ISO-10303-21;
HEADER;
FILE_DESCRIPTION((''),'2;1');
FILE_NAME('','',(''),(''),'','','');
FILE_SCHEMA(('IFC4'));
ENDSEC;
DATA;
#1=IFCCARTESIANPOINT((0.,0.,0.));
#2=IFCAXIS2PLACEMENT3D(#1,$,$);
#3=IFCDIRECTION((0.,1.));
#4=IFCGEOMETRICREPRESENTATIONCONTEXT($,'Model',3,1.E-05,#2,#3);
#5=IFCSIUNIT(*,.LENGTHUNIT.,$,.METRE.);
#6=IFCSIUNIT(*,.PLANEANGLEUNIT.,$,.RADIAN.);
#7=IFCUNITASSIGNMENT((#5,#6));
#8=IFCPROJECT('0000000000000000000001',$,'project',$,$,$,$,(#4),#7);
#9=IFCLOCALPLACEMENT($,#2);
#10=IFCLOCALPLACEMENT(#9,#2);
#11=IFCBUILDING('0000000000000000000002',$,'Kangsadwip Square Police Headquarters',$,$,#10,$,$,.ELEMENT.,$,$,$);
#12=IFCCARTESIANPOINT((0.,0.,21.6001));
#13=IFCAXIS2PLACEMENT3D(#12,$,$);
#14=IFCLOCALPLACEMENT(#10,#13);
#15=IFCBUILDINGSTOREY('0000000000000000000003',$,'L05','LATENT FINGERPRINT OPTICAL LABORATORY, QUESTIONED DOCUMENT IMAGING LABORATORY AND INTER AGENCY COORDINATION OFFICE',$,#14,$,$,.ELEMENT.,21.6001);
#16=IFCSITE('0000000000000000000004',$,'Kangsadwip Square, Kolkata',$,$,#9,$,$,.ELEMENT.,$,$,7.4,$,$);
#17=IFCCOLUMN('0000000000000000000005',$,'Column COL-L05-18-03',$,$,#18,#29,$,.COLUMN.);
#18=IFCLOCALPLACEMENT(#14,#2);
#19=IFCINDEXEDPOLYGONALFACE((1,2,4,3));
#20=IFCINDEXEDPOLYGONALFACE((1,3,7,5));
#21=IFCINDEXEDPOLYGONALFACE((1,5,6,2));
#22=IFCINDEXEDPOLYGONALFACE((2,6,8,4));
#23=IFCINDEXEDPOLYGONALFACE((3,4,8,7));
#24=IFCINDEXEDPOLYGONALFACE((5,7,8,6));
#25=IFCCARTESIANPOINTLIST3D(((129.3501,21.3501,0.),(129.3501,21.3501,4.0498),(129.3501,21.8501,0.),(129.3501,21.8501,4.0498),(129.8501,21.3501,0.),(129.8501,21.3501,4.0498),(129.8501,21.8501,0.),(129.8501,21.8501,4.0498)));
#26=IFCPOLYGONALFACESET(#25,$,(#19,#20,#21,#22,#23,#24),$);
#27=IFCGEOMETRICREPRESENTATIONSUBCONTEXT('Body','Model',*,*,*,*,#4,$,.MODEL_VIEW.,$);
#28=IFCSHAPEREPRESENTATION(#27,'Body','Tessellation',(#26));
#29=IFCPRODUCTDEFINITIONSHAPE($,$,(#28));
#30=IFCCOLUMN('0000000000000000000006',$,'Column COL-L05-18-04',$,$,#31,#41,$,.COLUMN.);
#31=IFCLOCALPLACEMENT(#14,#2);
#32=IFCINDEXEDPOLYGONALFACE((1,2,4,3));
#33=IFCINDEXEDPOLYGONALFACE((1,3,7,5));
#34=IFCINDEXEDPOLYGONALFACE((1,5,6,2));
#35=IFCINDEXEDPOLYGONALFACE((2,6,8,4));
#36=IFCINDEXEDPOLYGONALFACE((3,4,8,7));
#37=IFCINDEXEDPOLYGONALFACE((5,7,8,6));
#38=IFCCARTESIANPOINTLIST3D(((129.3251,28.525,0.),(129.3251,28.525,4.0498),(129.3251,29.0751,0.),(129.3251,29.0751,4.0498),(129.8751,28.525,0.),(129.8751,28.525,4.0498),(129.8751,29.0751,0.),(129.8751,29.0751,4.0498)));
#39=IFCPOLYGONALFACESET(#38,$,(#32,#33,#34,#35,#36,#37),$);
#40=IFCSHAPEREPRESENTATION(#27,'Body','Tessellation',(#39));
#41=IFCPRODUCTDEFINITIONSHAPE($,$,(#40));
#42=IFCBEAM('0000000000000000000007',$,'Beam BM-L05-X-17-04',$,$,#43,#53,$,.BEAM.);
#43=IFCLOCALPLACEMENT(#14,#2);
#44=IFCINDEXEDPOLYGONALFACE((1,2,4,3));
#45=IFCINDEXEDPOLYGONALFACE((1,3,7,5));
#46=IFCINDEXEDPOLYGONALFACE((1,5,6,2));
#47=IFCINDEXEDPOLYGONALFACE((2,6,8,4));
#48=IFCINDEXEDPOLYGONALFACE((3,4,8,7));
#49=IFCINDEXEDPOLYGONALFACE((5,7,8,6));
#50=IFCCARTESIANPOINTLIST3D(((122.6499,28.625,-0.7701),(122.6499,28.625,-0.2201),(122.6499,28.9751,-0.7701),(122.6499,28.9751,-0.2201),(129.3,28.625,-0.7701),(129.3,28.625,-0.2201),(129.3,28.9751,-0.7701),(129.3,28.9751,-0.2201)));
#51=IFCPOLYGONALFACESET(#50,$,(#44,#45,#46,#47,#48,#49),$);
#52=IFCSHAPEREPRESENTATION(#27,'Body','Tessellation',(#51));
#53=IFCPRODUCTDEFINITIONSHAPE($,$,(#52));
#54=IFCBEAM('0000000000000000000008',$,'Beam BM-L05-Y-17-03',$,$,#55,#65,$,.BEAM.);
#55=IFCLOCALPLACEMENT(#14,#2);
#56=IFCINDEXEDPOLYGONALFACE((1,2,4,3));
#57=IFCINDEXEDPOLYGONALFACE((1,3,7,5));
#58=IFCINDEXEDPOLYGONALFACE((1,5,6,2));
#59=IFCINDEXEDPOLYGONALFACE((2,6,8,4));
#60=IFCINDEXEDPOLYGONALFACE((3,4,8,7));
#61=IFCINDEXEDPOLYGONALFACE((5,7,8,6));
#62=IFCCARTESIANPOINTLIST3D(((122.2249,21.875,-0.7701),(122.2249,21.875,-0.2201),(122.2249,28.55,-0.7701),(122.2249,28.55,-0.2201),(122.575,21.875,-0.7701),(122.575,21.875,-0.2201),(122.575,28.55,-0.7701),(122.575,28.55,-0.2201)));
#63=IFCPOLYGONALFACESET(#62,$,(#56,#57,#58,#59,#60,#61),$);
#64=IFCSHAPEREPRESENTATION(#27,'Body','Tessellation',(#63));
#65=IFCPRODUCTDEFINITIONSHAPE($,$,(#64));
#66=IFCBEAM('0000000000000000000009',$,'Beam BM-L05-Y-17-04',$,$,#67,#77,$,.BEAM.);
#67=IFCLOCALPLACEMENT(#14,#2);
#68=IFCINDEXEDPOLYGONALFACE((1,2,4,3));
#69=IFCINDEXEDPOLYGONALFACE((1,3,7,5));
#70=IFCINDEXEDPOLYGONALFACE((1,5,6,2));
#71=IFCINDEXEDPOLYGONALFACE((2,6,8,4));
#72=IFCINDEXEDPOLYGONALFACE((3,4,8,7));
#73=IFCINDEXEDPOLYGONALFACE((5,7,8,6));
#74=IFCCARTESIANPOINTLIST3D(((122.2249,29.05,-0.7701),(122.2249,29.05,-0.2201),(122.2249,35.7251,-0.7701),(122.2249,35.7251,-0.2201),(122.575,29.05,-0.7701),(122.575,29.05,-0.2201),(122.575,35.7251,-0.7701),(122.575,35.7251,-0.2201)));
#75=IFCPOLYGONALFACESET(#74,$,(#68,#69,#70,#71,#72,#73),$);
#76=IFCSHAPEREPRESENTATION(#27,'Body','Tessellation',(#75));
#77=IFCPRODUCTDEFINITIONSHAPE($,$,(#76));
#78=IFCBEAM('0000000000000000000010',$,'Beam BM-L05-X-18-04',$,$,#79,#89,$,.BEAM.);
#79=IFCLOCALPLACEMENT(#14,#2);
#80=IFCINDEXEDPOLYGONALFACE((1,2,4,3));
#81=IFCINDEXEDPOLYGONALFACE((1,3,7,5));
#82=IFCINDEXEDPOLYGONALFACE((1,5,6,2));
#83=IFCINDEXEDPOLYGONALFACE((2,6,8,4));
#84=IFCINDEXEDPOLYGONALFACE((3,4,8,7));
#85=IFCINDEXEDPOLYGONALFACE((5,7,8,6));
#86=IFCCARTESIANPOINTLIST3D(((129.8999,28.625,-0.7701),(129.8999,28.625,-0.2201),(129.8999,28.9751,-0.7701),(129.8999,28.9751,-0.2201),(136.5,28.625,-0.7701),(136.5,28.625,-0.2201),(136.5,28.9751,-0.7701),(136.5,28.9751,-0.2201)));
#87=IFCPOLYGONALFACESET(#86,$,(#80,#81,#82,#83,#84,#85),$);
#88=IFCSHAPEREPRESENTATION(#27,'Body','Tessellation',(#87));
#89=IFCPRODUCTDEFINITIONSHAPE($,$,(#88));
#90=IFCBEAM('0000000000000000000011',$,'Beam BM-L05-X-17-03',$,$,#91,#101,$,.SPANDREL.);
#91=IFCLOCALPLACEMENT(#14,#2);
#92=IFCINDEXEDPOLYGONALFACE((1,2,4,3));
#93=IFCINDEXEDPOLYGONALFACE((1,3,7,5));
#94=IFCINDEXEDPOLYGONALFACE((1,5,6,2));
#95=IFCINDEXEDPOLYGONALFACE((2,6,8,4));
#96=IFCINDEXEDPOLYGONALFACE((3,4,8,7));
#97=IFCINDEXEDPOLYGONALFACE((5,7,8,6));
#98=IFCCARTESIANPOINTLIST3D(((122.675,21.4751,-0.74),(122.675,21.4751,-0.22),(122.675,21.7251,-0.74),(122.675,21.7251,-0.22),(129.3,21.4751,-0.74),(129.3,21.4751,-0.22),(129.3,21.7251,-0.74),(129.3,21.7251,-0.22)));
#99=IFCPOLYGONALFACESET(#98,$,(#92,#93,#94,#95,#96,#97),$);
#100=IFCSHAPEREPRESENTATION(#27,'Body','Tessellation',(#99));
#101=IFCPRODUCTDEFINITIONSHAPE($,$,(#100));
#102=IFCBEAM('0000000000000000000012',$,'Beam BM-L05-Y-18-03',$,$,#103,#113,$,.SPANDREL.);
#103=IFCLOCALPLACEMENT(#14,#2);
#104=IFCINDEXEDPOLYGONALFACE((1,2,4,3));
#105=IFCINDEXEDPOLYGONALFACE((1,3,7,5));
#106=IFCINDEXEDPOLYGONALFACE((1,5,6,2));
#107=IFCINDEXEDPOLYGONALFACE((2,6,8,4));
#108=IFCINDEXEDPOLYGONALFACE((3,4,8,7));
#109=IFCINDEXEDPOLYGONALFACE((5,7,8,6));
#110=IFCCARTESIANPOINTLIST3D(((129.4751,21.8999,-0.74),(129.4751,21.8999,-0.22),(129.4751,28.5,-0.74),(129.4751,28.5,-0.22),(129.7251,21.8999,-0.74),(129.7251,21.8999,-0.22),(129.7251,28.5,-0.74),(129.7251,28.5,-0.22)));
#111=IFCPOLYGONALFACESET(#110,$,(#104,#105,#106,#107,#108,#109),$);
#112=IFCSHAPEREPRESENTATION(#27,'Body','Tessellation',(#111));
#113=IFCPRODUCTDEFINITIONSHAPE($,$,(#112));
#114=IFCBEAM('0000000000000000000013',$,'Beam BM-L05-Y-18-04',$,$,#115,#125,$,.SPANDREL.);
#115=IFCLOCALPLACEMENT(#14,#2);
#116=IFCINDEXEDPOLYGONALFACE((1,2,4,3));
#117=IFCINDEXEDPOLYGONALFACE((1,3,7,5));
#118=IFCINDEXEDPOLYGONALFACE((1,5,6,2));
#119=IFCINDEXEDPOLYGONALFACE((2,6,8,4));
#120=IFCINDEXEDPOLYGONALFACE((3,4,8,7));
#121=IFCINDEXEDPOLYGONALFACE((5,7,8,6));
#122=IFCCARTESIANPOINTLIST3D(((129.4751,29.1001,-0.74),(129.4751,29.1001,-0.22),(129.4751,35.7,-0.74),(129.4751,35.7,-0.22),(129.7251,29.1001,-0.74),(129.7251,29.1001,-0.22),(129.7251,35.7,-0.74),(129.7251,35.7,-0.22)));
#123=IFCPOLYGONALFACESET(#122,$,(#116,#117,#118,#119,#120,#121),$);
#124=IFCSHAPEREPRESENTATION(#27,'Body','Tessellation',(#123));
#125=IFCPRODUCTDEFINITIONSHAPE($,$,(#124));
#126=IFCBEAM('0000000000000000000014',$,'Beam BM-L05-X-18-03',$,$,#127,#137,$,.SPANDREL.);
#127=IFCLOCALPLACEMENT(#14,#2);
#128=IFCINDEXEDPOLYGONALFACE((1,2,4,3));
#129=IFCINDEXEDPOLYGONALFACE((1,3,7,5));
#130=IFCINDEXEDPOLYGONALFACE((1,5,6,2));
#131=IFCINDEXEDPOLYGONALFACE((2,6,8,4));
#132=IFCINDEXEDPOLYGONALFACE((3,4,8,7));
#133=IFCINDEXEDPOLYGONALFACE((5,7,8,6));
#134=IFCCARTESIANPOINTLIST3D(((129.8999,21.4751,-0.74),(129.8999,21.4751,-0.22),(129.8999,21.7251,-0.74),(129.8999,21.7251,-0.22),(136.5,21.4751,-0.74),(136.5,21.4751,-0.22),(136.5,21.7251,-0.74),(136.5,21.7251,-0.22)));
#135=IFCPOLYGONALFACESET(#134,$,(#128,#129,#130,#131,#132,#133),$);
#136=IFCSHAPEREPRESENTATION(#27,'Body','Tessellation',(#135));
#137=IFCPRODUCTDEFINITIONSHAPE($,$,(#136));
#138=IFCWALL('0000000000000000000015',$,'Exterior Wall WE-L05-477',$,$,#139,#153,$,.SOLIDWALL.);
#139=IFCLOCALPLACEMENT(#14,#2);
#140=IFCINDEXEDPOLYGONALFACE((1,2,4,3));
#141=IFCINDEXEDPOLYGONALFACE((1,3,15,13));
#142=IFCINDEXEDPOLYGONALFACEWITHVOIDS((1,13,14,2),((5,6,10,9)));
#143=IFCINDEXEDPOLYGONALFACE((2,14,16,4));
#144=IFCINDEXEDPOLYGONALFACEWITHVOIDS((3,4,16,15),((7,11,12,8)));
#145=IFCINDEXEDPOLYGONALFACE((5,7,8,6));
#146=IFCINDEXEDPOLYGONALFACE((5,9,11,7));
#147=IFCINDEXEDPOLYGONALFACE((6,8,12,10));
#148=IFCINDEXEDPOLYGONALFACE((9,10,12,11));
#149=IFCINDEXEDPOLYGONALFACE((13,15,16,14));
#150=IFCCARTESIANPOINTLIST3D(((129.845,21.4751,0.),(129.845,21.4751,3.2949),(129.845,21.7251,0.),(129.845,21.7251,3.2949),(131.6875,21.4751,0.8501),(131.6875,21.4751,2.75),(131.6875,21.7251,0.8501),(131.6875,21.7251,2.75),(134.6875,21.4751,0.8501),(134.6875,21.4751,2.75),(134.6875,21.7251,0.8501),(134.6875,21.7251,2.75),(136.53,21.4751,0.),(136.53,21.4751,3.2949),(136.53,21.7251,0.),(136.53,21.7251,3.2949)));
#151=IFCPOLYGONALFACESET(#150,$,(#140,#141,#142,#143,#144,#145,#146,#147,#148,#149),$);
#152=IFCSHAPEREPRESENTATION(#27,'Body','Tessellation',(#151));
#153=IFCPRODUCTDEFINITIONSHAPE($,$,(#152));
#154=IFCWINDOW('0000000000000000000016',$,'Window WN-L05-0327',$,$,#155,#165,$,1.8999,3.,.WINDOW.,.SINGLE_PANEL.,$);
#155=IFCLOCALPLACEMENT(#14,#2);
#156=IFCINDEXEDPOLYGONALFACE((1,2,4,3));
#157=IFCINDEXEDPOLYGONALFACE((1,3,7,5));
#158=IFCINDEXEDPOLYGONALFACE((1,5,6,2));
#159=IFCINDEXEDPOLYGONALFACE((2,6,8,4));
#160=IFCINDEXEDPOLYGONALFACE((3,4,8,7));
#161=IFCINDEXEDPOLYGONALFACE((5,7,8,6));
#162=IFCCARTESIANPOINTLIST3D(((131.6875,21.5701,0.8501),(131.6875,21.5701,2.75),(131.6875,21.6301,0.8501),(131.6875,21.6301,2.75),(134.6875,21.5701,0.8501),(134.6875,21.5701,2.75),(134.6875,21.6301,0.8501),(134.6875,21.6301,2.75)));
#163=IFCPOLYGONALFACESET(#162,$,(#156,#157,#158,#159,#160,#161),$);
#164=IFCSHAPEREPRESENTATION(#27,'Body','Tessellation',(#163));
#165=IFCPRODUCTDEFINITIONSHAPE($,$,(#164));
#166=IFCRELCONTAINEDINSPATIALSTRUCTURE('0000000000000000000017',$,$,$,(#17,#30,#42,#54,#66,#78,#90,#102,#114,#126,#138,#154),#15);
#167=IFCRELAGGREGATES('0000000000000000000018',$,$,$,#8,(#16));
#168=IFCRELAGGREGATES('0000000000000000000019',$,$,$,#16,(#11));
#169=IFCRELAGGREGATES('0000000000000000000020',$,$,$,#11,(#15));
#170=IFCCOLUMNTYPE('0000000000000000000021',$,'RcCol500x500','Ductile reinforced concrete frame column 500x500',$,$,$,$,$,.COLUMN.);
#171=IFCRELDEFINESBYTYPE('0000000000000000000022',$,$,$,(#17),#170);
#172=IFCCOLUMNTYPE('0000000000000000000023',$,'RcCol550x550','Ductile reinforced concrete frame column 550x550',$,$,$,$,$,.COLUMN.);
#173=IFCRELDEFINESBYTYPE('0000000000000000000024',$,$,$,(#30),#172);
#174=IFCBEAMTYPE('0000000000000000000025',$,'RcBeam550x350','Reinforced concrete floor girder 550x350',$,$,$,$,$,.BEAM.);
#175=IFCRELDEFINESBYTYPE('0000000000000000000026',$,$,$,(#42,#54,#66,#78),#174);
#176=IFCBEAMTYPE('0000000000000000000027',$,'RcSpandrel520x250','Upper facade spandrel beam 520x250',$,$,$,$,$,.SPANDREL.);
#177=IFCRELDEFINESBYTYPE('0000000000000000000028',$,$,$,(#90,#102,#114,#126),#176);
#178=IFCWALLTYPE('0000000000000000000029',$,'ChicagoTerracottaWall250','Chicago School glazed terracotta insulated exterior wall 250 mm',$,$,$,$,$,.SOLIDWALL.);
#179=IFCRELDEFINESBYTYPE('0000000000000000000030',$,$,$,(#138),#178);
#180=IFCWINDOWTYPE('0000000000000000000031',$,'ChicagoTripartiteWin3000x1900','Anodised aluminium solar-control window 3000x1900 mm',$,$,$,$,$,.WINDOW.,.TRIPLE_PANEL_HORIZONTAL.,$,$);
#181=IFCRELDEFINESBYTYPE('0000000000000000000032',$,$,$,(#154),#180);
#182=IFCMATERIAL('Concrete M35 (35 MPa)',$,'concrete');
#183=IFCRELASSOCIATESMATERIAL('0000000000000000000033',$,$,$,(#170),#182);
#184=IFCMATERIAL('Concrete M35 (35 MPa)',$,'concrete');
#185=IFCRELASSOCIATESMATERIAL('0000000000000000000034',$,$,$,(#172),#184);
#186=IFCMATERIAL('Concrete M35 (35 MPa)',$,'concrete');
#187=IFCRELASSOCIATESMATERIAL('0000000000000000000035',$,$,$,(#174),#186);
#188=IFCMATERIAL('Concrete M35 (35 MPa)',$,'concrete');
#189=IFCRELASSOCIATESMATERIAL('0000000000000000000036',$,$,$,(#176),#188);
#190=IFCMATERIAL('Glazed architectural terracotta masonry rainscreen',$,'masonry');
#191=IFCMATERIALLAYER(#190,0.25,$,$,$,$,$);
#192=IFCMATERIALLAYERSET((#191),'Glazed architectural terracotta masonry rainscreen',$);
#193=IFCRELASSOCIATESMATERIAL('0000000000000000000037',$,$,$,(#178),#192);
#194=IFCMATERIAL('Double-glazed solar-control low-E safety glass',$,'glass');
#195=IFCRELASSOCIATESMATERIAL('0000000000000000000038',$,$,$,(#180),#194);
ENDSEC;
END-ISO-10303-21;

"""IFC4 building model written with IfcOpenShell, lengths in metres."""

from ifc_helpers import new_model, si_unit, direction, frame, frame_2d, origin, origin_2d, place, context, subcontext, project, spatial, rectangle, extrude, material, layer, layer_set, material_profile, profile_set, type_object, element, fill, save


model = new_model("IFC4")

# Units and contexts
model_context = context("Model", 3, precision=1e-05, world=origin(), true_north=direction((0.0, 1.0)))
body_context = subcontext(model_context, "Body", "Model", "MODEL_VIEW")
ifc_project = project(units=[si_unit("LENGTHUNIT", "METRE"), si_unit("PLANEANGLEUNIT", "RADIAN")], contexts=[model_context])

# Site, building, storey
site_placement = place(None, origin())
site = spatial("IfcSite", under=ifc_project, at=site_placement, Name="Kangsadwip Square, Kolkata", CompositionType="ELEMENT", RefElevation=7.4)
building_placement = place(site_placement, origin())
building = spatial("IfcBuilding", under=site, at=building_placement, Name="Kangsadwip Square Police Headquarters", CompositionType="ELEMENT")
storey_placement = place(building_placement, frame((0.0, 0.0, 21.6001)))
storey = spatial("IfcBuildingStorey", under=building, at=storey_placement, Name="L05", Description="LATENT FINGERPRINT OPTICAL LABORATORY, QUESTIONED DOCUMENT IMAGING LABORATORY AND INTER AGENCY COORDINATION OFFICE", CompositionType="ELEMENT", Elevation=21.6001)

# Columns
ifc_material_1 = material(Name="Concrete M35 (35 MPa)", Category="concrete")
ifc_material_profile_1 = material_profile(ifc_material_1, rectangle(XDim=0.5, YDim=0.5, at=origin_2d()), Name="RC COL 500X500")
ifc_profile_set_1 = profile_set([ifc_material_profile_1], Name="Concrete M35 (35 MPa)")
column_type_1 = type_object("IfcColumnType", Name="RcCol500x500", Description="Ductile reinforced concrete frame column 500x500", PredefinedType="COLUMN", material=ifc_profile_set_1)
column_1_placement = place(storey_placement, frame((129.6001, 21.6001, 0.0), z_axis=(0.0, 0.0, 1.0), x_axis=(1.0, 0.0, 0.0)))
element("IfcColumn", 1, at=column_1_placement, inside=storey, type_object=column_type_1, Name="Column COL-L05-18-03", PredefinedType="COLUMN", context=body_context, shape_type="SweptSolid", body=[
    extrude(rectangle(XDim=0.5, YDim=0.5, at=origin_2d()), origin(), (0.0, 0.0, 1.0), 4.0498),
])
ifc_material_2 = material(Name="Concrete M35 (35 MPa)", Category="concrete")
ifc_material_profile_2 = material_profile(ifc_material_2, rectangle(XDim=0.55, YDim=0.55, at=origin_2d()), Name="RC COL 550X550")
ifc_profile_set_2 = profile_set([ifc_material_profile_2], Name="Concrete M35 (35 MPa)")
column_type_2 = type_object("IfcColumnType", Name="RcCol550x550", Description="Ductile reinforced concrete frame column 550x550", PredefinedType="COLUMN", material=ifc_profile_set_2)
column_2_placement = place(storey_placement, frame((129.6001, 28.8, 0.0), z_axis=(0.0, 0.0, 1.0), x_axis=(1.0, 0.0, 0.0)))
element("IfcColumn", 2, at=column_2_placement, inside=storey, type_object=column_type_2, Name="Column COL-L05-18-04", PredefinedType="COLUMN", context=body_context, shape_type="SweptSolid", body=[
    extrude(rectangle(XDim=0.55, YDim=0.55, at=origin_2d()), origin(), (0.0, 0.0, 1.0), 4.0498),
])

# Beams
ifc_material_3 = material(Name="Concrete M35 (35 MPa)", Category="concrete")
ifc_material_profile_3 = material_profile(ifc_material_3, rectangle(XDim=0.3501, YDim=0.55, at=origin_2d()), Name="RC BM 550X350")
ifc_profile_set_3 = profile_set([ifc_material_profile_3], Name="Concrete M35 (35 MPa)")
beam_type_1 = type_object("IfcBeamType", Name="RcBeam550x350", Description="Reinforced concrete floor girder 550x350", PredefinedType="BEAM", material=ifc_profile_set_3)
beam_1_placement = place(storey_placement, frame((122.6499, 28.8, -0.4951), z_axis=(1.0, 0.0, 0.0), x_axis=(0.0, 1.0, 0.0)))
element("IfcBeam", 3, at=beam_1_placement, inside=storey, type_object=beam_type_1, Name="Beam BM-L05-X-17-04", PredefinedType="BEAM", context=body_context, shape_type="SweptSolid", body=[
    extrude(rectangle(XDim=0.3501, YDim=0.55, at=origin_2d()), origin(), (0.0, 0.0, 1.0), 6.6501),
])
for number, where, z_axis, x_axis, name in (
    (4, (122.3999, 21.875, -0.4951), (0.0, 1.0, 0.0), (-1.0, 0.0, 0.0), "Beam BM-L05-Y-17-03"),
    (5, (122.3999, 29.05, -0.4951), (0.0, 1.0, 0.0), (-1.0, 0.0, 0.0), "Beam BM-L05-Y-17-04"),
):
    element("IfcBeam", number, at=place(storey_placement, frame(where, z_axis=z_axis, x_axis=x_axis)), inside=storey, type_object=beam_type_1, Name=name, PredefinedType="BEAM", context=body_context, shape_type="SweptSolid", body=[
        extrude(rectangle(XDim=0.3501, YDim=0.55, at=origin_2d()), origin(), (0.0, 0.0, 1.0), 6.675),
    ])
beam_2_placement = place(storey_placement, frame((129.8999, 28.8, -0.4951), z_axis=(1.0, 0.0, 0.0), x_axis=(0.0, 1.0, 0.0)))
element("IfcBeam", 6, at=beam_2_placement, inside=storey, type_object=beam_type_1, Name="Beam BM-L05-X-18-04", PredefinedType="BEAM", context=body_context, shape_type="SweptSolid", body=[
    extrude(rectangle(XDim=0.3501, YDim=0.55, at=origin_2d()), origin(), (0.0, 0.0, 1.0), 6.6001),
])
ifc_material_4 = material(Name="Concrete M35 (35 MPa)", Category="concrete")
ifc_material_profile_4 = material_profile(ifc_material_4, rectangle(XDim=0.25, YDim=0.52, at=origin_2d()), Name="RC SPN 520X250")
ifc_profile_set_4 = profile_set([ifc_material_profile_4], Name="Concrete M35 (35 MPa)")
beam_type_2 = type_object("IfcBeamType", Name="RcSpandrel520x250", Description="Upper facade spandrel beam 520x250", PredefinedType="SPANDREL", material=ifc_profile_set_4)
beam_3_placement = place(storey_placement, frame((122.675, 21.6001, -0.48), z_axis=(1.0, 0.0, 0.0), x_axis=(0.0, 1.0, 0.0)))
element("IfcBeam", 7, at=beam_3_placement, inside=storey, type_object=beam_type_2, Name="Beam BM-L05-X-17-03", PredefinedType="SPANDREL", context=body_context, shape_type="SweptSolid", body=[
    extrude(rectangle(XDim=0.25, YDim=0.52, at=origin_2d()), origin(), (0.0, 0.0, 1.0), 6.625),
])
beam_4_placement = place(storey_placement, frame((129.6001, 21.8999, -0.48), z_axis=(0.0, 1.0, 0.0), x_axis=(-1.0, 0.0, 0.0)))
element("IfcBeam", 8, at=beam_4_placement, inside=storey, type_object=beam_type_2, Name="Beam BM-L05-Y-18-03", PredefinedType="SPANDREL", context=body_context, shape_type="SweptSolid", body=[
    extrude(rectangle(XDim=0.25, YDim=0.52, at=origin_2d()), origin(), (0.0, 0.0, 1.0), 6.6001),
])
beam_5_placement = place(storey_placement, frame((129.6001, 29.1001, -0.48), z_axis=(0.0, 1.0, 0.0), x_axis=(-1.0, 0.0, 0.0)))
element("IfcBeam", 9, at=beam_5_placement, inside=storey, type_object=beam_type_2, Name="Beam BM-L05-Y-18-04", PredefinedType="SPANDREL", context=body_context, shape_type="SweptSolid", body=[
    extrude(rectangle(XDim=0.25, YDim=0.52, at=origin_2d()), origin(), (0.0, 0.0, 1.0), 6.5999),
])
beam_6_placement = place(storey_placement, frame((129.8999, 21.6001, -0.48), z_axis=(1.0, 0.0, 0.0), x_axis=(0.0, 1.0, 0.0)))
element("IfcBeam", 10, at=beam_6_placement, inside=storey, type_object=beam_type_2, Name="Beam BM-L05-X-18-03", PredefinedType="SPANDREL", context=body_context, shape_type="SweptSolid", body=[
    extrude(rectangle(XDim=0.25, YDim=0.52, at=origin_2d()), origin(), (0.0, 0.0, 1.0), 6.6001),
])

# Wall, opening, window
ifc_material_5 = material(Name="Glazed architectural terracotta masonry rainscreen", Category="masonry")
ifc_layer_1 = layer(ifc_material_5, 0.25)
ifc_layer_set_1 = layer_set([ifc_layer_1], Name="Glazed architectural terracotta masonry rainscreen")
wall_type_1 = type_object("IfcWallType", Name="ChicagoTerracottaWall250", Description="Chicago School glazed terracotta insulated exterior wall 250 mm", PredefinedType="SOLIDWALL", material=ifc_layer_set_1)
wall_1_placement = place(storey_placement, frame((129.845, 21.6001, 0.0), z_axis=(0.0, 0.0, 1.0), x_axis=(1.0, 0.0, 0.0)))
wall_1 = element("IfcWall", 11, at=wall_1_placement, inside=storey, type_object=wall_type_1, Name="Exterior Wall WE-L05-477", PredefinedType="SOLIDWALL", context=body_context, shape_type="SweptSolid", body=[
    extrude(rectangle(XDim=6.6851, YDim=0.25, at=frame_2d((3.3425, 0.0))), origin(), (0.0, 0.0, 1.0), 3.2949),
])
opening_1_placement = place(wall_1_placement, frame((1.8425, 0.0, 0.8501)))
opening_1 = element("IfcOpeningElement", 12, at=opening_1_placement, cuts=wall_1, PredefinedType="OPENING", context=body_context, shape_type="SweptSolid", body=[
    extrude(rectangle(XDim=3.0, YDim=1.8999, at=frame_2d((1.5, 0.95))), frame((0.0, 0.135, 0.0), z_axis=(0.0, -1.0, 0.0), x_axis=(1.0, 0.0, 0.0)), (0.0, 0.0, 1.0), 0.27),
])
ifc_material_6 = material(Name="Double-glazed solar-control low-E safety glass", Category="glass")
window_type_1 = type_object("IfcWindowType", Name="ChicagoTripartiteWin3000x1900", Description="Anodised aluminium solar-control window 3000x1900 mm", PartitioningType="TRIPLE_PANEL_HORIZONTAL", PredefinedType="WINDOW", material=ifc_material_6)
window_1_placement = place(opening_1_placement, origin())
window_1 = element("IfcWindow", 13, at=window_1_placement, inside=storey, type_object=window_type_1, Name="Window WN-L05-0327", OverallHeight=1.8999, OverallWidth=3.0, PartitioningType="SINGLE_PANEL", PredefinedType="WINDOW", context=body_context, shape_type="SweptSolid", body=[
    extrude(rectangle(XDim=3.0, YDim=1.8999, at=frame_2d((1.5, 0.95))), frame((0.0, 0.03, 0.0), z_axis=(0.0, -1.0, 0.0), x_axis=(1.0, 0.0, 0.0)), (0.0, 0.0, 1.0), 0.0601),
])
fill(opening_1, window_1)

save(model, "model.ifc")
